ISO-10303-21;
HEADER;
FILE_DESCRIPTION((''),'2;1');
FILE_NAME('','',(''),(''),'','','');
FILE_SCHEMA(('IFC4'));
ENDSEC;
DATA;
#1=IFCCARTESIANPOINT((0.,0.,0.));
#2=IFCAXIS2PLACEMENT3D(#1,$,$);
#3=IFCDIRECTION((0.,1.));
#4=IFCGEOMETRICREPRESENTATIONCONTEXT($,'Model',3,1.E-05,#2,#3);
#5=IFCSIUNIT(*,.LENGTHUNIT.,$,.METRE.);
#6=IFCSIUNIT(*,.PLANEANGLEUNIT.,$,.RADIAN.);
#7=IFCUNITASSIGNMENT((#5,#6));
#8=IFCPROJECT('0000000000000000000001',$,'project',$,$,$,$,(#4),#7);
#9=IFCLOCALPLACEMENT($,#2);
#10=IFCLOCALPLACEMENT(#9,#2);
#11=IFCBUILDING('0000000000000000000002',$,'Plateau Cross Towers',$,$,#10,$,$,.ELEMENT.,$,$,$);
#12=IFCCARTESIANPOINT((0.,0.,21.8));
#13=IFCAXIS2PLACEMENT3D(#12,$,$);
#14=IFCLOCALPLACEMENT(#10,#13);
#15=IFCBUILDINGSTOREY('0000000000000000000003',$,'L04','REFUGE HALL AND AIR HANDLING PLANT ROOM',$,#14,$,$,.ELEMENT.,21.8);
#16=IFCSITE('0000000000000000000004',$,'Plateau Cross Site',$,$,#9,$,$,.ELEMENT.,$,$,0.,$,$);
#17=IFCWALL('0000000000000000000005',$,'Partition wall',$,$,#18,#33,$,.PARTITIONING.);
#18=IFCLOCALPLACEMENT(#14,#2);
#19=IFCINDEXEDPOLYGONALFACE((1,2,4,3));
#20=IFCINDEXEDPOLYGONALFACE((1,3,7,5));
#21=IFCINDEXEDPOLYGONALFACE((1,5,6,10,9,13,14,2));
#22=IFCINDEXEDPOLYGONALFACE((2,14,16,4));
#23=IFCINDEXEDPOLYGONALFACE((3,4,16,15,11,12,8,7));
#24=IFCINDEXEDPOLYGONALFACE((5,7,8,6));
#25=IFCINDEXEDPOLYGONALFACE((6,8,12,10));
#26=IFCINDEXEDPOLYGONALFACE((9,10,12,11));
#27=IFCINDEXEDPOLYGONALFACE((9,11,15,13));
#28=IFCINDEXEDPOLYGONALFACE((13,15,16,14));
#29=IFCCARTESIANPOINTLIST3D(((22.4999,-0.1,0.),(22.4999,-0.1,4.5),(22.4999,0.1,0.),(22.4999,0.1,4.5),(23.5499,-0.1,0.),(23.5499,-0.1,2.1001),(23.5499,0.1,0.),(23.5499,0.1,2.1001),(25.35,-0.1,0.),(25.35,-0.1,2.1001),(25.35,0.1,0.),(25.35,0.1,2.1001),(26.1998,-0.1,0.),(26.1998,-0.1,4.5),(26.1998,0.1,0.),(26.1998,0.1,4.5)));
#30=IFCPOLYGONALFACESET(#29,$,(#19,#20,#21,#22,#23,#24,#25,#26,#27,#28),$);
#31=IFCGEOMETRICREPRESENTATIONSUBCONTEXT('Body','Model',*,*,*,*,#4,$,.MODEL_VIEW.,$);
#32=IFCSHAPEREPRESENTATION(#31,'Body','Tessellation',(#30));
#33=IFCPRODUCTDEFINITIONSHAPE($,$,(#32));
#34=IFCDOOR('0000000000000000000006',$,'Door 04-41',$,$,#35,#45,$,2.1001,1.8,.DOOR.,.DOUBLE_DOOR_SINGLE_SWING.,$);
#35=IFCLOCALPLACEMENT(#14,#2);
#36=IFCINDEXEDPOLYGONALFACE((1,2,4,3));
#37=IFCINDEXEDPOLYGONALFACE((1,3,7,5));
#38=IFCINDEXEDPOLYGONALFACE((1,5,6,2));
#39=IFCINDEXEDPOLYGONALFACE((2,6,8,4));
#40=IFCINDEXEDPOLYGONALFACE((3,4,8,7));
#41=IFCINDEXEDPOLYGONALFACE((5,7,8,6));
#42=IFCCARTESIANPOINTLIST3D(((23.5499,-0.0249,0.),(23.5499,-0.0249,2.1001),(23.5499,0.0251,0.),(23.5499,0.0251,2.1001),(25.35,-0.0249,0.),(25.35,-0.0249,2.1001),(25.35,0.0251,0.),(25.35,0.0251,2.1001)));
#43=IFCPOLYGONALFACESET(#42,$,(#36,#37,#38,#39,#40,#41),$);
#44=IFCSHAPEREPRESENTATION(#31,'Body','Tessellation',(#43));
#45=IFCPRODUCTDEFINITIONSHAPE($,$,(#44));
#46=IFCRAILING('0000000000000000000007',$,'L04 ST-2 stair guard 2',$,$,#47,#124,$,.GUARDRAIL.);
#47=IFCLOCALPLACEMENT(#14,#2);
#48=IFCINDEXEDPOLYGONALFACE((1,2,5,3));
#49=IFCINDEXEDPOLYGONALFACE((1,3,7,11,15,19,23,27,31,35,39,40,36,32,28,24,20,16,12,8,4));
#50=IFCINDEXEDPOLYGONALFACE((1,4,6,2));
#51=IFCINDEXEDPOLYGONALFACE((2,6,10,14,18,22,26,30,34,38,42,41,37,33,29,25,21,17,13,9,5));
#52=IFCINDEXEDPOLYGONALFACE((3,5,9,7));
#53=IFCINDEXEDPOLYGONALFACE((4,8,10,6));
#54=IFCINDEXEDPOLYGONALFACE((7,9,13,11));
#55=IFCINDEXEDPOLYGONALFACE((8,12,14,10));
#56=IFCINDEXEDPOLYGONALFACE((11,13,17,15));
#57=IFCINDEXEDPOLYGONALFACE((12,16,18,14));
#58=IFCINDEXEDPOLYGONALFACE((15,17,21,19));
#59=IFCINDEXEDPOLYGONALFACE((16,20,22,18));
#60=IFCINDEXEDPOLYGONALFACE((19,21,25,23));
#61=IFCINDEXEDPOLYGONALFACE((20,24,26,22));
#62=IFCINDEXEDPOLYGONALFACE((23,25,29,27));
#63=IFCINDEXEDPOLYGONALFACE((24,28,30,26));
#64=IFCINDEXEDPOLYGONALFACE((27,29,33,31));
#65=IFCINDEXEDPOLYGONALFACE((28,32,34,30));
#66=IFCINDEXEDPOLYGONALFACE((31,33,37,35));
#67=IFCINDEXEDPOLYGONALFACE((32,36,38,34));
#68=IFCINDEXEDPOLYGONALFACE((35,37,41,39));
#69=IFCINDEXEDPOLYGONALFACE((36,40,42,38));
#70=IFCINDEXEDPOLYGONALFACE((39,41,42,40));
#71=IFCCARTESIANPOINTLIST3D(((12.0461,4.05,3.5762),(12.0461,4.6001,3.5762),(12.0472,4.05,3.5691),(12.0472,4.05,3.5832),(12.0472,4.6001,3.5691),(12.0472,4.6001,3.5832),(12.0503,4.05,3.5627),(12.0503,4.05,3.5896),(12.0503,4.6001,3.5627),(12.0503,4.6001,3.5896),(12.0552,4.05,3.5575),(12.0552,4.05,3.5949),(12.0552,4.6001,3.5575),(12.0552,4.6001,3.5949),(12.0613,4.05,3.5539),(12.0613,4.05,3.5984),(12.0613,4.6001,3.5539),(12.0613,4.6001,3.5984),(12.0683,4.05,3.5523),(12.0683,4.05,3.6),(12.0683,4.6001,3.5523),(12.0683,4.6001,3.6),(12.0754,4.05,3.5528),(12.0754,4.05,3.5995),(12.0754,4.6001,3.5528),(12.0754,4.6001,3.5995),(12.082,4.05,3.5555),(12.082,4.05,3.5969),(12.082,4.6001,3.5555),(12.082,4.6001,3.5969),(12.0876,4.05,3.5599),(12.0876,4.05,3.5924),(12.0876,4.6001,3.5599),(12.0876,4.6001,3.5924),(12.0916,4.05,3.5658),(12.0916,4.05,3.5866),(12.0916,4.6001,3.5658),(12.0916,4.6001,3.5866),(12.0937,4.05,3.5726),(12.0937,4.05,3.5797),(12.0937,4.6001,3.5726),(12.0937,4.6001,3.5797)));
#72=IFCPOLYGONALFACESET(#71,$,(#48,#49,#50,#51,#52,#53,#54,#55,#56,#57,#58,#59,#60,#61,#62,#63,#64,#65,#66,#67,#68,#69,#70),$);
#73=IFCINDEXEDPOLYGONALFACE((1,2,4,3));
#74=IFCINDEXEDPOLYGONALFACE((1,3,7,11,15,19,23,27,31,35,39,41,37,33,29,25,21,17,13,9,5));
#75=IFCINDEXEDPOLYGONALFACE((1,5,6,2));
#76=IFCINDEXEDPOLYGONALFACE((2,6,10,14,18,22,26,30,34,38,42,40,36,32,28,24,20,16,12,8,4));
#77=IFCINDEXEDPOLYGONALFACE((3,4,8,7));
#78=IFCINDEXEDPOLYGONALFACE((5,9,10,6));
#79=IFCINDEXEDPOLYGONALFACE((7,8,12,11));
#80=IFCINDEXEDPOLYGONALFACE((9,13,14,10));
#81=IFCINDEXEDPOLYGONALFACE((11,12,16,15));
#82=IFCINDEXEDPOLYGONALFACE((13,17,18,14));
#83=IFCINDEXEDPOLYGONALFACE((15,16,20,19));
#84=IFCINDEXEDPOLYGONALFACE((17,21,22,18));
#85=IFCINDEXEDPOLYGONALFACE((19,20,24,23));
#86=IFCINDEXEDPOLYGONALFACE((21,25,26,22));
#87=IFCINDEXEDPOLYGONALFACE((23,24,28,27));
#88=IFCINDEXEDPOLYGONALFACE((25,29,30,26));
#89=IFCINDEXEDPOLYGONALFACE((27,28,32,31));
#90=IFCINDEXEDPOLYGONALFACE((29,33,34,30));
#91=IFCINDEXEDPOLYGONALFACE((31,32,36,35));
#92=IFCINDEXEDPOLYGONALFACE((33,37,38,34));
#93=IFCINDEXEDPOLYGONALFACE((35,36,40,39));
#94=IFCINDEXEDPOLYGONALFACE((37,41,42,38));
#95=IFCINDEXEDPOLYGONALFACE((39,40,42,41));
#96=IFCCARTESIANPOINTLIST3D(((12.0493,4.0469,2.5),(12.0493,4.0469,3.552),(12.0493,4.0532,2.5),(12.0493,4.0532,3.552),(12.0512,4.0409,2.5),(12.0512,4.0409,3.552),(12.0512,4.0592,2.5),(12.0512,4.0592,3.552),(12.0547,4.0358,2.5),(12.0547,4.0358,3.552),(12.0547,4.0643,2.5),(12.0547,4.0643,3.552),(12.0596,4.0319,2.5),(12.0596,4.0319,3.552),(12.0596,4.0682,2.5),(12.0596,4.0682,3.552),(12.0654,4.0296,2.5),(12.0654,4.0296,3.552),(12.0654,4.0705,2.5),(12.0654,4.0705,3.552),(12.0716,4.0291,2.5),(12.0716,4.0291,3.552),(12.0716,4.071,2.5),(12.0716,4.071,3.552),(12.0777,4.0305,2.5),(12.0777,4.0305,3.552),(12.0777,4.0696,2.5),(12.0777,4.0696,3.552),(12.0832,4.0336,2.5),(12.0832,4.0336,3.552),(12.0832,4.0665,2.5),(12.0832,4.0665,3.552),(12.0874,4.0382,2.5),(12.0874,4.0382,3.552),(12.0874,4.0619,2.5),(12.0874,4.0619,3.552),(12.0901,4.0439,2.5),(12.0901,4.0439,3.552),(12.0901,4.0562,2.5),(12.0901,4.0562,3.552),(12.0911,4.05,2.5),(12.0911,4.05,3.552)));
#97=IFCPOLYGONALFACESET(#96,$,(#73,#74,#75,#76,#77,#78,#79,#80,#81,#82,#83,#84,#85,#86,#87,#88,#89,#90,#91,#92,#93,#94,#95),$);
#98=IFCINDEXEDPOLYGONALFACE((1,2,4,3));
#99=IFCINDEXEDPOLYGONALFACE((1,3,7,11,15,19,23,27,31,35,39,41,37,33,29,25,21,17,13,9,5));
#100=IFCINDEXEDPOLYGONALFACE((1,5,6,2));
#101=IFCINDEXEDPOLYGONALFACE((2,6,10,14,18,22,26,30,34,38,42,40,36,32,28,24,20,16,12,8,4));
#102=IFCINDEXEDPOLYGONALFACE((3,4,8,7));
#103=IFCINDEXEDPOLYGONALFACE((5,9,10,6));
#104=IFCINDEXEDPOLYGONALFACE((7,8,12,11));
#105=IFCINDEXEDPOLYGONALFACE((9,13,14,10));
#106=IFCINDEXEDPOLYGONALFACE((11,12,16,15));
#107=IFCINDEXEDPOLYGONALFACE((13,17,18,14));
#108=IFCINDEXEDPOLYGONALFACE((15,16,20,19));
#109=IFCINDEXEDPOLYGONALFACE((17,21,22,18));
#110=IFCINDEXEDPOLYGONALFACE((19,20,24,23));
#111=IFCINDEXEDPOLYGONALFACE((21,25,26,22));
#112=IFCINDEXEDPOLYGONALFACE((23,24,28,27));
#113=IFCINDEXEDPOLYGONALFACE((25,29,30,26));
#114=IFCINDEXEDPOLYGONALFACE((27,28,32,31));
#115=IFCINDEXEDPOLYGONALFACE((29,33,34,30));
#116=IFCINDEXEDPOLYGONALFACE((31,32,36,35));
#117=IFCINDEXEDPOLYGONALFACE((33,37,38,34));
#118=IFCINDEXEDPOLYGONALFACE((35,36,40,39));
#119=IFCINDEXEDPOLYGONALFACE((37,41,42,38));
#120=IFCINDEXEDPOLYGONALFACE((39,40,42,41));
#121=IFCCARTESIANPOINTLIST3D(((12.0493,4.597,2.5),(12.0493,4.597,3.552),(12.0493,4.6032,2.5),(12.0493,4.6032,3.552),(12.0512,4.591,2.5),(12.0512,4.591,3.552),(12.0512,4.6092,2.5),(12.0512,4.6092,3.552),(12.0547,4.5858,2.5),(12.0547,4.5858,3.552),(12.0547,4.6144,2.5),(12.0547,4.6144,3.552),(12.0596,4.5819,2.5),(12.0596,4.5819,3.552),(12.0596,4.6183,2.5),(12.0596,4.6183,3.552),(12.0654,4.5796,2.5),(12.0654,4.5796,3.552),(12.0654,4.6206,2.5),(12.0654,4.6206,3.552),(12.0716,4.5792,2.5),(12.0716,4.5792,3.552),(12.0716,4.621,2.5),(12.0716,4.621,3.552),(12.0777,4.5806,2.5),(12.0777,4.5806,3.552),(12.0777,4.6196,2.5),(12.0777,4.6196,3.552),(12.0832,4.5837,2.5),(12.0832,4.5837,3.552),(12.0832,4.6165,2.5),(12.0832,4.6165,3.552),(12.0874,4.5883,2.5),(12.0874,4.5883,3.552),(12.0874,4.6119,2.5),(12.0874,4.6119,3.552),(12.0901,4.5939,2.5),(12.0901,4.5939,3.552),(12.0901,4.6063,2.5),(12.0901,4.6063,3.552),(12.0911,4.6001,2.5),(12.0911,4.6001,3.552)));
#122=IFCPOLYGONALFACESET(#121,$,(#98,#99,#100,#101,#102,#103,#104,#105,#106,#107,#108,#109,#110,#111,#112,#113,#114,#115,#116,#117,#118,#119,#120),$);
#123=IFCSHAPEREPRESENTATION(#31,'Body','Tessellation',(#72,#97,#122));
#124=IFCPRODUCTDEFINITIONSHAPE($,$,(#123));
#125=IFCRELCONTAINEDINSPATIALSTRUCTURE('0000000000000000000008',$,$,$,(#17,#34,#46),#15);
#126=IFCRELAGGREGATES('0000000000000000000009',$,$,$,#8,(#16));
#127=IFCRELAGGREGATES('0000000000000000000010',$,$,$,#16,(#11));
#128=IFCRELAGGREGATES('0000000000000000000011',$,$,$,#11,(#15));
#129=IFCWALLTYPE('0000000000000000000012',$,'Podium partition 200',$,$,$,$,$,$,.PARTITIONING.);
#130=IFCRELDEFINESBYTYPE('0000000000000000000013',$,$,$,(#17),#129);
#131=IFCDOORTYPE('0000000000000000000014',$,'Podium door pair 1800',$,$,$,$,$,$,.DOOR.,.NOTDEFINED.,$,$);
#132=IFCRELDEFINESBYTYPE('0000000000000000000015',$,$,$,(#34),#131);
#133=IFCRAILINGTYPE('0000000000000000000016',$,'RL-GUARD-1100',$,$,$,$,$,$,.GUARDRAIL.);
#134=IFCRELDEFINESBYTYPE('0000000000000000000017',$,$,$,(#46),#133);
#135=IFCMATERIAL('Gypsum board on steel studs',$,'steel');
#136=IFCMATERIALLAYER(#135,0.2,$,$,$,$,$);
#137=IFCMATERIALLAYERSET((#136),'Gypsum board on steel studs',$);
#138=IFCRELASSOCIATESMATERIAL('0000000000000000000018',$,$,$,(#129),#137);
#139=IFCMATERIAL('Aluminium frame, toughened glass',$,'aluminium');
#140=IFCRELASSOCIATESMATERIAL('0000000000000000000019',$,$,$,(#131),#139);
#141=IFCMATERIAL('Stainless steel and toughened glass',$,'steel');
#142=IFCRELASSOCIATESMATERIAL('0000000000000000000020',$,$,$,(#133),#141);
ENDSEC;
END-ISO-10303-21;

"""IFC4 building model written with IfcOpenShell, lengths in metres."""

from ifc_helpers import new_model, si_unit, direction, frame, frame_2d, origin, origin_2d, place, context, subcontext, project, spatial, rectangle, circle, extrude, material, layer, layer_set, type_object, element, fill, save


model = new_model("IFC4")

# Units and contexts
model_context = context("Model", 3, precision=1e-05, world=origin(), true_north=direction((0.0, 1.0)))
body_context = subcontext(model_context, "Body", "Model", "MODEL_VIEW")
ifc_project = project(units=[si_unit("LENGTHUNIT", "METRE"), si_unit("PLANEANGLEUNIT", "RADIAN")], contexts=[model_context])

# Site, building, storey
site_placement = place(None, origin())
site = spatial("IfcSite", under=ifc_project, at=site_placement, Name="Plateau Cross Site", CompositionType="ELEMENT", RefElevation=0.0)
building_placement = place(site_placement, origin())
building = spatial("IfcBuilding", under=site, at=building_placement, Name="Plateau Cross Towers", CompositionType="ELEMENT")
storey_placement = place(building_placement, frame((0.0, 0.0, 21.8)))
storey = spatial("IfcBuildingStorey", under=building, at=storey_placement, Name="L04", Description="REFUGE HALL AND AIR HANDLING PLANT ROOM", CompositionType="ELEMENT", Elevation=21.8)

# Wall, opening, door
ifc_material_1 = material(Name="Gypsum board on steel studs", Category="steel")
ifc_layer_1 = layer(ifc_material_1, 0.2)
ifc_layer_set_1 = layer_set([ifc_layer_1], Name="Gypsum board on steel studs")
wall_type_1 = type_object("IfcWallType", Name="Podium partition 200", PredefinedType="PARTITIONING", material=ifc_layer_set_1)
wall_1_placement = place(storey_placement, frame((26.2, 0.0, 0.0), z_axis=(0.0, 0.0, 1.0), x_axis=(-1.0, 0.0, 0.0)))
wall_1 = element("IfcWall", 1, at=wall_1_placement, inside=storey, type_object=wall_type_1, Name="Partition wall", PredefinedType="PARTITIONING", context=body_context, shape_type="SweptSolid", body=[
    extrude(rectangle(XDim=3.7, YDim=0.2, at=frame_2d((1.8501, 0.0))), origin(), (0.0, 0.0, 1.0), 4.5),
])
opening_1_placement = place(wall_1_placement, frame((0.8501, 0.0, 0.0)))
opening_1 = element("IfcOpeningElement", 2, at=opening_1_placement, cuts=wall_1, PredefinedType="OPENING", context=body_context, shape_type="SweptSolid", body=[
    extrude(rectangle(XDim=1.8, YDim=2.1001, at=frame_2d((0.8999, 1.05))), frame((0.0, 0.1099, 0.0), z_axis=(0.0, -1.0, 0.0), x_axis=(1.0, 0.0, 0.0)), (0.0, 0.0, 1.0), 0.22),
])
ifc_material_2 = material(Name="Aluminium frame, toughened glass", Category="aluminium")
door_type_1 = type_object("IfcDoorType", Name="Podium door pair 1800", OperationType="NOTDEFINED", PredefinedType="DOOR", material=ifc_material_2)
door_1_placement = place(opening_1_placement, origin())
door_1 = element("IfcDoor", 3, at=door_1_placement, inside=storey, type_object=door_type_1, Name="Door 04-41", OperationType="DOUBLE_DOOR_SINGLE_SWING", OverallHeight=2.1001, OverallWidth=1.8, PredefinedType="DOOR", context=body_context, shape_type="SweptSolid", body=[
    extrude(rectangle(XDim=1.8, YDim=2.1001, at=frame_2d((0.8999, 1.05))), frame((0.0, 0.0249, 0.0), z_axis=(0.0, -1.0, 0.0), x_axis=(1.0, 0.0, 0.0)), (0.0, 0.0, 1.0), 0.05),
])
fill(opening_1, door_1)

# Railing
ifc_material_3 = material(Name="Stainless steel and toughened glass", Category="steel")
railing_type = type_object("IfcRailingType", Name="RL-GUARD-1100", PredefinedType="GUARDRAIL", material=ifc_material_3)
railing_placement = place(storey_placement, frame((12.0701, 4.05, 2.5)))
element("IfcRailing", 4, at=railing_placement, inside=storey, type_object=railing_type, Name="L04 ST-2 stair guard 2", PredefinedType="GUARDRAIL", context=body_context, shape_type="SweptSolid", body=[
    extrude(circle(Radius=0.0239, at=origin_2d()), frame((0.0, 0.0, 1.0762), z_axis=(0.0, 1.0, 0.0), x_axis=(-1.0, 0.0, 0.0)), (0.0, 0.0, 1.0), 0.55),
    extrude(circle(Radius=0.021, at=origin_2d()), origin(), (0.0, 0.0, 1.0), 1.052),
    extrude(circle(Radius=0.021, at=origin_2d()), frame((0.0, 0.55, 0.0)), (0.0, 0.0, 1.0), 1.052),
])

save(model, "model.ifc")
